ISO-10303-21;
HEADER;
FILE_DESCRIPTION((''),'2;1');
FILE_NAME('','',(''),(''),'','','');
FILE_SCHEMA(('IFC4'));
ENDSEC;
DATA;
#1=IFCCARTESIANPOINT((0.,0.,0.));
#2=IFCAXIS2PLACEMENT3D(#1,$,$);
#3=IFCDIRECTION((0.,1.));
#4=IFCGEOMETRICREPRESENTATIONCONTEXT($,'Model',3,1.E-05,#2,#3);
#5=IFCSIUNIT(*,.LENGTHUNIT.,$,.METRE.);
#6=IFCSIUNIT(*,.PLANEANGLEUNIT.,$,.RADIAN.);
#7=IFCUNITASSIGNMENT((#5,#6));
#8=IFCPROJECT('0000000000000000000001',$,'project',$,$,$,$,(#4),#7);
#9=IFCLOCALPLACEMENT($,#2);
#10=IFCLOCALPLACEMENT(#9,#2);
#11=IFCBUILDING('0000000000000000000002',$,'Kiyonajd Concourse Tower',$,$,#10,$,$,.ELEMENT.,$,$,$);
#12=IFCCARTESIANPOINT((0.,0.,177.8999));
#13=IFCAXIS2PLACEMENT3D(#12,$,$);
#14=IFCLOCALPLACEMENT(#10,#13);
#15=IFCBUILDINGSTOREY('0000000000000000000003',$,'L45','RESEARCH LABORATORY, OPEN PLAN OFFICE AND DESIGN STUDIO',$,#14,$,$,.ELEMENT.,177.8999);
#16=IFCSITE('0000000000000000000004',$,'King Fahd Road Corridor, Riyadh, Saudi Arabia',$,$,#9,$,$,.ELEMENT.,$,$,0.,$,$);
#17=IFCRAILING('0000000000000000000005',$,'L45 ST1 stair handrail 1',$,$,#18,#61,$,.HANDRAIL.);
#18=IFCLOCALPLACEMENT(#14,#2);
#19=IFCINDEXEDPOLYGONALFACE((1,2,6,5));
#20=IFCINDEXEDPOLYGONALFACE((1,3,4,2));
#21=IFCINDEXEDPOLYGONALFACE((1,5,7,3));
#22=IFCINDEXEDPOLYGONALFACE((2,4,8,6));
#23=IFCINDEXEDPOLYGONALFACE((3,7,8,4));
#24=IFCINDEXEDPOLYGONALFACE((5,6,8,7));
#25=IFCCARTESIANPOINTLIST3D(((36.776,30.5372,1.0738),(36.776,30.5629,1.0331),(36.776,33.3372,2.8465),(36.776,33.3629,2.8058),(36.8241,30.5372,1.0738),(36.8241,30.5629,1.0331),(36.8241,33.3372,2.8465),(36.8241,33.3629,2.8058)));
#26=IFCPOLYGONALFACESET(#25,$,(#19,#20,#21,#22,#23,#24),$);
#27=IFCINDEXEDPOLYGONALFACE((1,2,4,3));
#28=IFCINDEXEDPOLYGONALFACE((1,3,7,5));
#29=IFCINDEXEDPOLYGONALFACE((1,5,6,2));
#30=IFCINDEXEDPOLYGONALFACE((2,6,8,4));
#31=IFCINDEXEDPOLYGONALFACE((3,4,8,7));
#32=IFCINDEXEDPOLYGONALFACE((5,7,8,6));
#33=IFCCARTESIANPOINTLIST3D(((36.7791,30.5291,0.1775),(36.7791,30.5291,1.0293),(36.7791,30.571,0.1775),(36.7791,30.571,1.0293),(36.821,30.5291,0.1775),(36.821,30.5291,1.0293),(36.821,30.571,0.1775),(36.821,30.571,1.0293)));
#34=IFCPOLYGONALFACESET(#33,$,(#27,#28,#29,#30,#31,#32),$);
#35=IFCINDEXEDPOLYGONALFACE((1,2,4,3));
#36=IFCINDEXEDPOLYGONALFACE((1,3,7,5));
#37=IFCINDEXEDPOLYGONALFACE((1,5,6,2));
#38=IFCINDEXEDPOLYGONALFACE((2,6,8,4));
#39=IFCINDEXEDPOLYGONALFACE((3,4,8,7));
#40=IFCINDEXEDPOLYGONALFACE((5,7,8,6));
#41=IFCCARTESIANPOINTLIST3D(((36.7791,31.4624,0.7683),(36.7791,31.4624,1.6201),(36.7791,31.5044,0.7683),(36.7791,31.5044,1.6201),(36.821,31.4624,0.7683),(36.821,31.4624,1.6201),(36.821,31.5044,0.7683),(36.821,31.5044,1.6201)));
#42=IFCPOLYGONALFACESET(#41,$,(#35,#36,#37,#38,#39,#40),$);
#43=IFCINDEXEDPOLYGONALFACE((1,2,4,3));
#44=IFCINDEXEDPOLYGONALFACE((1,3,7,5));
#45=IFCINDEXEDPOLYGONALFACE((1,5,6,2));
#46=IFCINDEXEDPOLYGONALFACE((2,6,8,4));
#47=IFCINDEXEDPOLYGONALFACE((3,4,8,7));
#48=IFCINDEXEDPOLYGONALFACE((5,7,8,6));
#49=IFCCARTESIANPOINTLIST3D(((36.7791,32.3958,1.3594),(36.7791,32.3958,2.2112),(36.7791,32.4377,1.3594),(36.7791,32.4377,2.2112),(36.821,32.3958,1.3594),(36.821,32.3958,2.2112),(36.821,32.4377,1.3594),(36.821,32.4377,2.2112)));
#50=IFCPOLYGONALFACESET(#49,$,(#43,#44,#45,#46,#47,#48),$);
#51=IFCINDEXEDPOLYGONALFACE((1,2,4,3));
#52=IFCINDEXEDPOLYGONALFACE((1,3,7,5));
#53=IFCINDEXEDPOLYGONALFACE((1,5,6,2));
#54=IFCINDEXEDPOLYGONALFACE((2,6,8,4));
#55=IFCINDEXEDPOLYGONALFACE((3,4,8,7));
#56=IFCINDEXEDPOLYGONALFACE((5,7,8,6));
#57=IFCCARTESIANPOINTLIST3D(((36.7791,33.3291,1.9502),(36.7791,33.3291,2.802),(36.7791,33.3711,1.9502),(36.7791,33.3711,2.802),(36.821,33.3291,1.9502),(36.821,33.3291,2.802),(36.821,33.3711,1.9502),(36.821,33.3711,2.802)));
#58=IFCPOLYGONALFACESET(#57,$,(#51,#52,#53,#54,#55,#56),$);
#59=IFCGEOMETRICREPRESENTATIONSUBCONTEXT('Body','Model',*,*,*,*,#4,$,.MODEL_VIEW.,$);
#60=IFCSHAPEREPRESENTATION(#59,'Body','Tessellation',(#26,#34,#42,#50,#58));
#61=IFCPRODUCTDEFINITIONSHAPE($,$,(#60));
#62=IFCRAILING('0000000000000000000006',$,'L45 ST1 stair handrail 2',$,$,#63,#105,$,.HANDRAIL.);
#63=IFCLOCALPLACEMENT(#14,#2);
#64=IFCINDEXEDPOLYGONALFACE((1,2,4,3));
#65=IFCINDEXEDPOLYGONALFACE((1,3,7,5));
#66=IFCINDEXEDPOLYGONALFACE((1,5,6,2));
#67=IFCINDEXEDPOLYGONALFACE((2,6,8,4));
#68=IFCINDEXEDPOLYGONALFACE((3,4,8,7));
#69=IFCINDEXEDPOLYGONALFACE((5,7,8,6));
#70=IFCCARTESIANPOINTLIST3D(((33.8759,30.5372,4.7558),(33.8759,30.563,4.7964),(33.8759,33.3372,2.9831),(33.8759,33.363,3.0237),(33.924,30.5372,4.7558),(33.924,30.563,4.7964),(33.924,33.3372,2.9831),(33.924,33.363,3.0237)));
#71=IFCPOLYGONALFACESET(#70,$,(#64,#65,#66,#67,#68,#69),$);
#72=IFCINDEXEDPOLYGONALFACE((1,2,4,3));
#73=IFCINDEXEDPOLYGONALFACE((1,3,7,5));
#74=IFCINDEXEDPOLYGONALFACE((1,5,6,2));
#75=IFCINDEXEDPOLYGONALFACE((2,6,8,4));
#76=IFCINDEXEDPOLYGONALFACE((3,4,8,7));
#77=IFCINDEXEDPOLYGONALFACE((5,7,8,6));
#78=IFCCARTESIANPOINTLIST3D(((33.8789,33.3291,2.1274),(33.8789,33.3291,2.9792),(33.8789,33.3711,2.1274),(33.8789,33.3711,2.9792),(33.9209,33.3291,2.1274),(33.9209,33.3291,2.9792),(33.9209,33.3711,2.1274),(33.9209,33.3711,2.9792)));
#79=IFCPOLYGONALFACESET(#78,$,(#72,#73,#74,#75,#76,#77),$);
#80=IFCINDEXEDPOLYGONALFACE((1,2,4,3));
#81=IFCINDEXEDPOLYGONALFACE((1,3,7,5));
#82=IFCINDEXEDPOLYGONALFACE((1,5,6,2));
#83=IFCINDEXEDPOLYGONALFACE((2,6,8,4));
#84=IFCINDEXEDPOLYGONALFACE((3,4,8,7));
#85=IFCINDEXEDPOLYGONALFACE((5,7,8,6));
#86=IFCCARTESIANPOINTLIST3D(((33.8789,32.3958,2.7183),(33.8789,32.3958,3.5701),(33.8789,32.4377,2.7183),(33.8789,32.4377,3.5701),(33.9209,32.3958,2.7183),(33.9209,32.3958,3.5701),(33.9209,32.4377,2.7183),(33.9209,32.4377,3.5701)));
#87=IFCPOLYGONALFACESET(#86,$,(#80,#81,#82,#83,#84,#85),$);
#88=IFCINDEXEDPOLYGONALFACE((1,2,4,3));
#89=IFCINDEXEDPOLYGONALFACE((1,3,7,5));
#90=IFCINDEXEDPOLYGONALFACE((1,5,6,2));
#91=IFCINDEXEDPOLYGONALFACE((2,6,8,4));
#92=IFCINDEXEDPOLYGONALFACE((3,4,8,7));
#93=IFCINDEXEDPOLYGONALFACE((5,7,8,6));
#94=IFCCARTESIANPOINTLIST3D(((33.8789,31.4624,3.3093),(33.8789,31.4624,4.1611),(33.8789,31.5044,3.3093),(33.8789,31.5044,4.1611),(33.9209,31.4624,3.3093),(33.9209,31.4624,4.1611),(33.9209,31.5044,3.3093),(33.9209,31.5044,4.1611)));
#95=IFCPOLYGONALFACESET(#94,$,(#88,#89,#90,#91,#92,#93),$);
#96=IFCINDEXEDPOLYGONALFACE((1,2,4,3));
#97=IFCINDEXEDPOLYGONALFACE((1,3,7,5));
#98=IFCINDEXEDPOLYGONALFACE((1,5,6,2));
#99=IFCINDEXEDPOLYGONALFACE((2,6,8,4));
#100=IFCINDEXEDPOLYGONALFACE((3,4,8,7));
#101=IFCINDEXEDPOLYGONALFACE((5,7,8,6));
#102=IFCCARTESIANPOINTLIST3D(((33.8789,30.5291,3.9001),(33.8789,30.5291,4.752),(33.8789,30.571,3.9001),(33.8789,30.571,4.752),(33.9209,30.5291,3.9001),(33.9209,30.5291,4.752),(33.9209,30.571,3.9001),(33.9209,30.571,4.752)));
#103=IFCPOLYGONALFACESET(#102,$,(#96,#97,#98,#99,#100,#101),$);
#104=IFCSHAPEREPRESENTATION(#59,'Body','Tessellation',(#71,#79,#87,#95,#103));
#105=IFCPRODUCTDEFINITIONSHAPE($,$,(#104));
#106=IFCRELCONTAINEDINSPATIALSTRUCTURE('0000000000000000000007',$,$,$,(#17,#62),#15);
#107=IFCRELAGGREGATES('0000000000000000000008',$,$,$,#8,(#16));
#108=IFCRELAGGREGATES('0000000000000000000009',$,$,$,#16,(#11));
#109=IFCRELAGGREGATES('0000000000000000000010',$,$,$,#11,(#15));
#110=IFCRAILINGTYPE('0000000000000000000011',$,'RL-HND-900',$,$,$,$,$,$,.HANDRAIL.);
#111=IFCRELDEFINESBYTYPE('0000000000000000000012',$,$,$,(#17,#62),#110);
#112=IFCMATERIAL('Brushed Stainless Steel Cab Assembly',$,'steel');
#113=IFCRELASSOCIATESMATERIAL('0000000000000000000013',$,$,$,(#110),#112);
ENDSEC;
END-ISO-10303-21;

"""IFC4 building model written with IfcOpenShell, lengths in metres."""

from ifc_helpers import new_model, si_unit, direction, frame, origin, origin_2d, place, context, subcontext, project, spatial, rectangle, extrude, material, type_object, element, save


model = new_model("IFC4")

# Units and contexts
model_context = context("Model", 3, precision=1e-05, world=origin(), true_north=direction((0.0, 1.0)))
body_context = subcontext(model_context, "Body", "Model", "MODEL_VIEW")
ifc_project = project(units=[si_unit("LENGTHUNIT", "METRE"), si_unit("PLANEANGLEUNIT", "RADIAN")], contexts=[model_context])

# Site, building, storey
site_placement = place(None, origin())
site = spatial("IfcSite", under=ifc_project, at=site_placement, Name="King Fahd Road Corridor, Riyadh, Saudi Arabia", CompositionType="ELEMENT", RefElevation=0.0)
building_placement = place(site_placement, origin())
building = spatial("IfcBuilding", under=site, at=building_placement, Name="Kiyonajd Concourse Tower", CompositionType="ELEMENT")
storey_placement = place(building_placement, frame((0.0, 0.0, 177.8999)))
storey = spatial("IfcBuildingStorey", under=building, at=storey_placement, Name="L45", Description="RESEARCH LABORATORY, OPEN PLAN OFFICE AND DESIGN STUDIO", CompositionType="ELEMENT", Elevation=177.8999)

# Shared definitions
ifc_material_1 = material(Name="Brushed Stainless Steel Cab Assembly", Category="steel")

# Railings
railing_type_1 = type_object("IfcRailingType", Name="RL-HND-900", PredefinedType="HANDRAIL", material=ifc_material_1)
railing_1_placement = place(storey_placement, frame((36.8, 30.55, 0.1775)))
element("IfcRailing", 1, at=railing_1_placement, inside=storey, type_object=railing_type_1, Name="L45 ST1 stair handrail 1", PredefinedType="HANDRAIL", context=body_context, shape_type="SweptSolid", body=[
    extrude(rectangle(XDim=0.0481, YDim=0.0481, at=origin_2d()), frame((0.0, 0.0, 0.876), z_axis=(0.0, 0.844909, 0.53491), x_axis=(-1.0, 0.0, 0.0)), (0.0, 0.0, 1.0), 3.314),
    extrude(rectangle(XDim=0.042, YDim=0.042, at=origin_2d()), origin(), (0.0, 0.0, 1.0), 0.8518),
    extrude(rectangle(XDim=0.042, YDim=0.042, at=origin_2d()), frame((0.0, 0.9333, 0.5908)), (0.0, 0.0, 1.0), 0.8518),
    extrude(rectangle(XDim=0.042, YDim=0.042, at=origin_2d()), frame((0.0, 1.8667, 1.1819)), (0.0, 0.0, 1.0), 0.8518),
    extrude(rectangle(XDim=0.042, YDim=0.042, at=origin_2d()), frame((0.0, 2.8, 1.7727)), (0.0, 0.0, 1.0), 0.8518),
])
railing_2_placement = place(storey_placement, frame((33.8999, 33.3501, 2.1274)))
element("IfcRailing", 2, at=railing_2_placement, inside=storey, type_object=railing_type_1, Name="L45 ST1 stair handrail 2", PredefinedType="HANDRAIL", context=body_context, shape_type="SweptSolid", body=[
    extrude(rectangle(XDim=0.0481, YDim=0.0481, at=origin_2d()), frame((0.0, 0.0, 0.876), z_axis=(0.0, -0.844909, 0.53491), x_axis=(1.0, 0.0, 0.0)), (0.0, 0.0, 1.0), 3.314),
    extrude(rectangle(XDim=0.042, YDim=0.042, at=origin_2d()), origin(), (0.0, 0.0, 1.0), 0.8518),
    extrude(rectangle(XDim=0.042, YDim=0.042, at=origin_2d()), frame((0.0, -0.9333, 0.5908)), (0.0, 0.0, 1.0), 0.8518),
    extrude(rectangle(XDim=0.042, YDim=0.042, at=origin_2d()), frame((0.0, -1.8667, 1.1819)), (0.0, 0.0, 1.0), 0.8518),
    extrude(rectangle(XDim=0.042, YDim=0.042, at=origin_2d()), frame((0.0, -2.8, 1.7727)), (0.0, 0.0, 1.0), 0.8518),
])

save(model, "model.ifc")
